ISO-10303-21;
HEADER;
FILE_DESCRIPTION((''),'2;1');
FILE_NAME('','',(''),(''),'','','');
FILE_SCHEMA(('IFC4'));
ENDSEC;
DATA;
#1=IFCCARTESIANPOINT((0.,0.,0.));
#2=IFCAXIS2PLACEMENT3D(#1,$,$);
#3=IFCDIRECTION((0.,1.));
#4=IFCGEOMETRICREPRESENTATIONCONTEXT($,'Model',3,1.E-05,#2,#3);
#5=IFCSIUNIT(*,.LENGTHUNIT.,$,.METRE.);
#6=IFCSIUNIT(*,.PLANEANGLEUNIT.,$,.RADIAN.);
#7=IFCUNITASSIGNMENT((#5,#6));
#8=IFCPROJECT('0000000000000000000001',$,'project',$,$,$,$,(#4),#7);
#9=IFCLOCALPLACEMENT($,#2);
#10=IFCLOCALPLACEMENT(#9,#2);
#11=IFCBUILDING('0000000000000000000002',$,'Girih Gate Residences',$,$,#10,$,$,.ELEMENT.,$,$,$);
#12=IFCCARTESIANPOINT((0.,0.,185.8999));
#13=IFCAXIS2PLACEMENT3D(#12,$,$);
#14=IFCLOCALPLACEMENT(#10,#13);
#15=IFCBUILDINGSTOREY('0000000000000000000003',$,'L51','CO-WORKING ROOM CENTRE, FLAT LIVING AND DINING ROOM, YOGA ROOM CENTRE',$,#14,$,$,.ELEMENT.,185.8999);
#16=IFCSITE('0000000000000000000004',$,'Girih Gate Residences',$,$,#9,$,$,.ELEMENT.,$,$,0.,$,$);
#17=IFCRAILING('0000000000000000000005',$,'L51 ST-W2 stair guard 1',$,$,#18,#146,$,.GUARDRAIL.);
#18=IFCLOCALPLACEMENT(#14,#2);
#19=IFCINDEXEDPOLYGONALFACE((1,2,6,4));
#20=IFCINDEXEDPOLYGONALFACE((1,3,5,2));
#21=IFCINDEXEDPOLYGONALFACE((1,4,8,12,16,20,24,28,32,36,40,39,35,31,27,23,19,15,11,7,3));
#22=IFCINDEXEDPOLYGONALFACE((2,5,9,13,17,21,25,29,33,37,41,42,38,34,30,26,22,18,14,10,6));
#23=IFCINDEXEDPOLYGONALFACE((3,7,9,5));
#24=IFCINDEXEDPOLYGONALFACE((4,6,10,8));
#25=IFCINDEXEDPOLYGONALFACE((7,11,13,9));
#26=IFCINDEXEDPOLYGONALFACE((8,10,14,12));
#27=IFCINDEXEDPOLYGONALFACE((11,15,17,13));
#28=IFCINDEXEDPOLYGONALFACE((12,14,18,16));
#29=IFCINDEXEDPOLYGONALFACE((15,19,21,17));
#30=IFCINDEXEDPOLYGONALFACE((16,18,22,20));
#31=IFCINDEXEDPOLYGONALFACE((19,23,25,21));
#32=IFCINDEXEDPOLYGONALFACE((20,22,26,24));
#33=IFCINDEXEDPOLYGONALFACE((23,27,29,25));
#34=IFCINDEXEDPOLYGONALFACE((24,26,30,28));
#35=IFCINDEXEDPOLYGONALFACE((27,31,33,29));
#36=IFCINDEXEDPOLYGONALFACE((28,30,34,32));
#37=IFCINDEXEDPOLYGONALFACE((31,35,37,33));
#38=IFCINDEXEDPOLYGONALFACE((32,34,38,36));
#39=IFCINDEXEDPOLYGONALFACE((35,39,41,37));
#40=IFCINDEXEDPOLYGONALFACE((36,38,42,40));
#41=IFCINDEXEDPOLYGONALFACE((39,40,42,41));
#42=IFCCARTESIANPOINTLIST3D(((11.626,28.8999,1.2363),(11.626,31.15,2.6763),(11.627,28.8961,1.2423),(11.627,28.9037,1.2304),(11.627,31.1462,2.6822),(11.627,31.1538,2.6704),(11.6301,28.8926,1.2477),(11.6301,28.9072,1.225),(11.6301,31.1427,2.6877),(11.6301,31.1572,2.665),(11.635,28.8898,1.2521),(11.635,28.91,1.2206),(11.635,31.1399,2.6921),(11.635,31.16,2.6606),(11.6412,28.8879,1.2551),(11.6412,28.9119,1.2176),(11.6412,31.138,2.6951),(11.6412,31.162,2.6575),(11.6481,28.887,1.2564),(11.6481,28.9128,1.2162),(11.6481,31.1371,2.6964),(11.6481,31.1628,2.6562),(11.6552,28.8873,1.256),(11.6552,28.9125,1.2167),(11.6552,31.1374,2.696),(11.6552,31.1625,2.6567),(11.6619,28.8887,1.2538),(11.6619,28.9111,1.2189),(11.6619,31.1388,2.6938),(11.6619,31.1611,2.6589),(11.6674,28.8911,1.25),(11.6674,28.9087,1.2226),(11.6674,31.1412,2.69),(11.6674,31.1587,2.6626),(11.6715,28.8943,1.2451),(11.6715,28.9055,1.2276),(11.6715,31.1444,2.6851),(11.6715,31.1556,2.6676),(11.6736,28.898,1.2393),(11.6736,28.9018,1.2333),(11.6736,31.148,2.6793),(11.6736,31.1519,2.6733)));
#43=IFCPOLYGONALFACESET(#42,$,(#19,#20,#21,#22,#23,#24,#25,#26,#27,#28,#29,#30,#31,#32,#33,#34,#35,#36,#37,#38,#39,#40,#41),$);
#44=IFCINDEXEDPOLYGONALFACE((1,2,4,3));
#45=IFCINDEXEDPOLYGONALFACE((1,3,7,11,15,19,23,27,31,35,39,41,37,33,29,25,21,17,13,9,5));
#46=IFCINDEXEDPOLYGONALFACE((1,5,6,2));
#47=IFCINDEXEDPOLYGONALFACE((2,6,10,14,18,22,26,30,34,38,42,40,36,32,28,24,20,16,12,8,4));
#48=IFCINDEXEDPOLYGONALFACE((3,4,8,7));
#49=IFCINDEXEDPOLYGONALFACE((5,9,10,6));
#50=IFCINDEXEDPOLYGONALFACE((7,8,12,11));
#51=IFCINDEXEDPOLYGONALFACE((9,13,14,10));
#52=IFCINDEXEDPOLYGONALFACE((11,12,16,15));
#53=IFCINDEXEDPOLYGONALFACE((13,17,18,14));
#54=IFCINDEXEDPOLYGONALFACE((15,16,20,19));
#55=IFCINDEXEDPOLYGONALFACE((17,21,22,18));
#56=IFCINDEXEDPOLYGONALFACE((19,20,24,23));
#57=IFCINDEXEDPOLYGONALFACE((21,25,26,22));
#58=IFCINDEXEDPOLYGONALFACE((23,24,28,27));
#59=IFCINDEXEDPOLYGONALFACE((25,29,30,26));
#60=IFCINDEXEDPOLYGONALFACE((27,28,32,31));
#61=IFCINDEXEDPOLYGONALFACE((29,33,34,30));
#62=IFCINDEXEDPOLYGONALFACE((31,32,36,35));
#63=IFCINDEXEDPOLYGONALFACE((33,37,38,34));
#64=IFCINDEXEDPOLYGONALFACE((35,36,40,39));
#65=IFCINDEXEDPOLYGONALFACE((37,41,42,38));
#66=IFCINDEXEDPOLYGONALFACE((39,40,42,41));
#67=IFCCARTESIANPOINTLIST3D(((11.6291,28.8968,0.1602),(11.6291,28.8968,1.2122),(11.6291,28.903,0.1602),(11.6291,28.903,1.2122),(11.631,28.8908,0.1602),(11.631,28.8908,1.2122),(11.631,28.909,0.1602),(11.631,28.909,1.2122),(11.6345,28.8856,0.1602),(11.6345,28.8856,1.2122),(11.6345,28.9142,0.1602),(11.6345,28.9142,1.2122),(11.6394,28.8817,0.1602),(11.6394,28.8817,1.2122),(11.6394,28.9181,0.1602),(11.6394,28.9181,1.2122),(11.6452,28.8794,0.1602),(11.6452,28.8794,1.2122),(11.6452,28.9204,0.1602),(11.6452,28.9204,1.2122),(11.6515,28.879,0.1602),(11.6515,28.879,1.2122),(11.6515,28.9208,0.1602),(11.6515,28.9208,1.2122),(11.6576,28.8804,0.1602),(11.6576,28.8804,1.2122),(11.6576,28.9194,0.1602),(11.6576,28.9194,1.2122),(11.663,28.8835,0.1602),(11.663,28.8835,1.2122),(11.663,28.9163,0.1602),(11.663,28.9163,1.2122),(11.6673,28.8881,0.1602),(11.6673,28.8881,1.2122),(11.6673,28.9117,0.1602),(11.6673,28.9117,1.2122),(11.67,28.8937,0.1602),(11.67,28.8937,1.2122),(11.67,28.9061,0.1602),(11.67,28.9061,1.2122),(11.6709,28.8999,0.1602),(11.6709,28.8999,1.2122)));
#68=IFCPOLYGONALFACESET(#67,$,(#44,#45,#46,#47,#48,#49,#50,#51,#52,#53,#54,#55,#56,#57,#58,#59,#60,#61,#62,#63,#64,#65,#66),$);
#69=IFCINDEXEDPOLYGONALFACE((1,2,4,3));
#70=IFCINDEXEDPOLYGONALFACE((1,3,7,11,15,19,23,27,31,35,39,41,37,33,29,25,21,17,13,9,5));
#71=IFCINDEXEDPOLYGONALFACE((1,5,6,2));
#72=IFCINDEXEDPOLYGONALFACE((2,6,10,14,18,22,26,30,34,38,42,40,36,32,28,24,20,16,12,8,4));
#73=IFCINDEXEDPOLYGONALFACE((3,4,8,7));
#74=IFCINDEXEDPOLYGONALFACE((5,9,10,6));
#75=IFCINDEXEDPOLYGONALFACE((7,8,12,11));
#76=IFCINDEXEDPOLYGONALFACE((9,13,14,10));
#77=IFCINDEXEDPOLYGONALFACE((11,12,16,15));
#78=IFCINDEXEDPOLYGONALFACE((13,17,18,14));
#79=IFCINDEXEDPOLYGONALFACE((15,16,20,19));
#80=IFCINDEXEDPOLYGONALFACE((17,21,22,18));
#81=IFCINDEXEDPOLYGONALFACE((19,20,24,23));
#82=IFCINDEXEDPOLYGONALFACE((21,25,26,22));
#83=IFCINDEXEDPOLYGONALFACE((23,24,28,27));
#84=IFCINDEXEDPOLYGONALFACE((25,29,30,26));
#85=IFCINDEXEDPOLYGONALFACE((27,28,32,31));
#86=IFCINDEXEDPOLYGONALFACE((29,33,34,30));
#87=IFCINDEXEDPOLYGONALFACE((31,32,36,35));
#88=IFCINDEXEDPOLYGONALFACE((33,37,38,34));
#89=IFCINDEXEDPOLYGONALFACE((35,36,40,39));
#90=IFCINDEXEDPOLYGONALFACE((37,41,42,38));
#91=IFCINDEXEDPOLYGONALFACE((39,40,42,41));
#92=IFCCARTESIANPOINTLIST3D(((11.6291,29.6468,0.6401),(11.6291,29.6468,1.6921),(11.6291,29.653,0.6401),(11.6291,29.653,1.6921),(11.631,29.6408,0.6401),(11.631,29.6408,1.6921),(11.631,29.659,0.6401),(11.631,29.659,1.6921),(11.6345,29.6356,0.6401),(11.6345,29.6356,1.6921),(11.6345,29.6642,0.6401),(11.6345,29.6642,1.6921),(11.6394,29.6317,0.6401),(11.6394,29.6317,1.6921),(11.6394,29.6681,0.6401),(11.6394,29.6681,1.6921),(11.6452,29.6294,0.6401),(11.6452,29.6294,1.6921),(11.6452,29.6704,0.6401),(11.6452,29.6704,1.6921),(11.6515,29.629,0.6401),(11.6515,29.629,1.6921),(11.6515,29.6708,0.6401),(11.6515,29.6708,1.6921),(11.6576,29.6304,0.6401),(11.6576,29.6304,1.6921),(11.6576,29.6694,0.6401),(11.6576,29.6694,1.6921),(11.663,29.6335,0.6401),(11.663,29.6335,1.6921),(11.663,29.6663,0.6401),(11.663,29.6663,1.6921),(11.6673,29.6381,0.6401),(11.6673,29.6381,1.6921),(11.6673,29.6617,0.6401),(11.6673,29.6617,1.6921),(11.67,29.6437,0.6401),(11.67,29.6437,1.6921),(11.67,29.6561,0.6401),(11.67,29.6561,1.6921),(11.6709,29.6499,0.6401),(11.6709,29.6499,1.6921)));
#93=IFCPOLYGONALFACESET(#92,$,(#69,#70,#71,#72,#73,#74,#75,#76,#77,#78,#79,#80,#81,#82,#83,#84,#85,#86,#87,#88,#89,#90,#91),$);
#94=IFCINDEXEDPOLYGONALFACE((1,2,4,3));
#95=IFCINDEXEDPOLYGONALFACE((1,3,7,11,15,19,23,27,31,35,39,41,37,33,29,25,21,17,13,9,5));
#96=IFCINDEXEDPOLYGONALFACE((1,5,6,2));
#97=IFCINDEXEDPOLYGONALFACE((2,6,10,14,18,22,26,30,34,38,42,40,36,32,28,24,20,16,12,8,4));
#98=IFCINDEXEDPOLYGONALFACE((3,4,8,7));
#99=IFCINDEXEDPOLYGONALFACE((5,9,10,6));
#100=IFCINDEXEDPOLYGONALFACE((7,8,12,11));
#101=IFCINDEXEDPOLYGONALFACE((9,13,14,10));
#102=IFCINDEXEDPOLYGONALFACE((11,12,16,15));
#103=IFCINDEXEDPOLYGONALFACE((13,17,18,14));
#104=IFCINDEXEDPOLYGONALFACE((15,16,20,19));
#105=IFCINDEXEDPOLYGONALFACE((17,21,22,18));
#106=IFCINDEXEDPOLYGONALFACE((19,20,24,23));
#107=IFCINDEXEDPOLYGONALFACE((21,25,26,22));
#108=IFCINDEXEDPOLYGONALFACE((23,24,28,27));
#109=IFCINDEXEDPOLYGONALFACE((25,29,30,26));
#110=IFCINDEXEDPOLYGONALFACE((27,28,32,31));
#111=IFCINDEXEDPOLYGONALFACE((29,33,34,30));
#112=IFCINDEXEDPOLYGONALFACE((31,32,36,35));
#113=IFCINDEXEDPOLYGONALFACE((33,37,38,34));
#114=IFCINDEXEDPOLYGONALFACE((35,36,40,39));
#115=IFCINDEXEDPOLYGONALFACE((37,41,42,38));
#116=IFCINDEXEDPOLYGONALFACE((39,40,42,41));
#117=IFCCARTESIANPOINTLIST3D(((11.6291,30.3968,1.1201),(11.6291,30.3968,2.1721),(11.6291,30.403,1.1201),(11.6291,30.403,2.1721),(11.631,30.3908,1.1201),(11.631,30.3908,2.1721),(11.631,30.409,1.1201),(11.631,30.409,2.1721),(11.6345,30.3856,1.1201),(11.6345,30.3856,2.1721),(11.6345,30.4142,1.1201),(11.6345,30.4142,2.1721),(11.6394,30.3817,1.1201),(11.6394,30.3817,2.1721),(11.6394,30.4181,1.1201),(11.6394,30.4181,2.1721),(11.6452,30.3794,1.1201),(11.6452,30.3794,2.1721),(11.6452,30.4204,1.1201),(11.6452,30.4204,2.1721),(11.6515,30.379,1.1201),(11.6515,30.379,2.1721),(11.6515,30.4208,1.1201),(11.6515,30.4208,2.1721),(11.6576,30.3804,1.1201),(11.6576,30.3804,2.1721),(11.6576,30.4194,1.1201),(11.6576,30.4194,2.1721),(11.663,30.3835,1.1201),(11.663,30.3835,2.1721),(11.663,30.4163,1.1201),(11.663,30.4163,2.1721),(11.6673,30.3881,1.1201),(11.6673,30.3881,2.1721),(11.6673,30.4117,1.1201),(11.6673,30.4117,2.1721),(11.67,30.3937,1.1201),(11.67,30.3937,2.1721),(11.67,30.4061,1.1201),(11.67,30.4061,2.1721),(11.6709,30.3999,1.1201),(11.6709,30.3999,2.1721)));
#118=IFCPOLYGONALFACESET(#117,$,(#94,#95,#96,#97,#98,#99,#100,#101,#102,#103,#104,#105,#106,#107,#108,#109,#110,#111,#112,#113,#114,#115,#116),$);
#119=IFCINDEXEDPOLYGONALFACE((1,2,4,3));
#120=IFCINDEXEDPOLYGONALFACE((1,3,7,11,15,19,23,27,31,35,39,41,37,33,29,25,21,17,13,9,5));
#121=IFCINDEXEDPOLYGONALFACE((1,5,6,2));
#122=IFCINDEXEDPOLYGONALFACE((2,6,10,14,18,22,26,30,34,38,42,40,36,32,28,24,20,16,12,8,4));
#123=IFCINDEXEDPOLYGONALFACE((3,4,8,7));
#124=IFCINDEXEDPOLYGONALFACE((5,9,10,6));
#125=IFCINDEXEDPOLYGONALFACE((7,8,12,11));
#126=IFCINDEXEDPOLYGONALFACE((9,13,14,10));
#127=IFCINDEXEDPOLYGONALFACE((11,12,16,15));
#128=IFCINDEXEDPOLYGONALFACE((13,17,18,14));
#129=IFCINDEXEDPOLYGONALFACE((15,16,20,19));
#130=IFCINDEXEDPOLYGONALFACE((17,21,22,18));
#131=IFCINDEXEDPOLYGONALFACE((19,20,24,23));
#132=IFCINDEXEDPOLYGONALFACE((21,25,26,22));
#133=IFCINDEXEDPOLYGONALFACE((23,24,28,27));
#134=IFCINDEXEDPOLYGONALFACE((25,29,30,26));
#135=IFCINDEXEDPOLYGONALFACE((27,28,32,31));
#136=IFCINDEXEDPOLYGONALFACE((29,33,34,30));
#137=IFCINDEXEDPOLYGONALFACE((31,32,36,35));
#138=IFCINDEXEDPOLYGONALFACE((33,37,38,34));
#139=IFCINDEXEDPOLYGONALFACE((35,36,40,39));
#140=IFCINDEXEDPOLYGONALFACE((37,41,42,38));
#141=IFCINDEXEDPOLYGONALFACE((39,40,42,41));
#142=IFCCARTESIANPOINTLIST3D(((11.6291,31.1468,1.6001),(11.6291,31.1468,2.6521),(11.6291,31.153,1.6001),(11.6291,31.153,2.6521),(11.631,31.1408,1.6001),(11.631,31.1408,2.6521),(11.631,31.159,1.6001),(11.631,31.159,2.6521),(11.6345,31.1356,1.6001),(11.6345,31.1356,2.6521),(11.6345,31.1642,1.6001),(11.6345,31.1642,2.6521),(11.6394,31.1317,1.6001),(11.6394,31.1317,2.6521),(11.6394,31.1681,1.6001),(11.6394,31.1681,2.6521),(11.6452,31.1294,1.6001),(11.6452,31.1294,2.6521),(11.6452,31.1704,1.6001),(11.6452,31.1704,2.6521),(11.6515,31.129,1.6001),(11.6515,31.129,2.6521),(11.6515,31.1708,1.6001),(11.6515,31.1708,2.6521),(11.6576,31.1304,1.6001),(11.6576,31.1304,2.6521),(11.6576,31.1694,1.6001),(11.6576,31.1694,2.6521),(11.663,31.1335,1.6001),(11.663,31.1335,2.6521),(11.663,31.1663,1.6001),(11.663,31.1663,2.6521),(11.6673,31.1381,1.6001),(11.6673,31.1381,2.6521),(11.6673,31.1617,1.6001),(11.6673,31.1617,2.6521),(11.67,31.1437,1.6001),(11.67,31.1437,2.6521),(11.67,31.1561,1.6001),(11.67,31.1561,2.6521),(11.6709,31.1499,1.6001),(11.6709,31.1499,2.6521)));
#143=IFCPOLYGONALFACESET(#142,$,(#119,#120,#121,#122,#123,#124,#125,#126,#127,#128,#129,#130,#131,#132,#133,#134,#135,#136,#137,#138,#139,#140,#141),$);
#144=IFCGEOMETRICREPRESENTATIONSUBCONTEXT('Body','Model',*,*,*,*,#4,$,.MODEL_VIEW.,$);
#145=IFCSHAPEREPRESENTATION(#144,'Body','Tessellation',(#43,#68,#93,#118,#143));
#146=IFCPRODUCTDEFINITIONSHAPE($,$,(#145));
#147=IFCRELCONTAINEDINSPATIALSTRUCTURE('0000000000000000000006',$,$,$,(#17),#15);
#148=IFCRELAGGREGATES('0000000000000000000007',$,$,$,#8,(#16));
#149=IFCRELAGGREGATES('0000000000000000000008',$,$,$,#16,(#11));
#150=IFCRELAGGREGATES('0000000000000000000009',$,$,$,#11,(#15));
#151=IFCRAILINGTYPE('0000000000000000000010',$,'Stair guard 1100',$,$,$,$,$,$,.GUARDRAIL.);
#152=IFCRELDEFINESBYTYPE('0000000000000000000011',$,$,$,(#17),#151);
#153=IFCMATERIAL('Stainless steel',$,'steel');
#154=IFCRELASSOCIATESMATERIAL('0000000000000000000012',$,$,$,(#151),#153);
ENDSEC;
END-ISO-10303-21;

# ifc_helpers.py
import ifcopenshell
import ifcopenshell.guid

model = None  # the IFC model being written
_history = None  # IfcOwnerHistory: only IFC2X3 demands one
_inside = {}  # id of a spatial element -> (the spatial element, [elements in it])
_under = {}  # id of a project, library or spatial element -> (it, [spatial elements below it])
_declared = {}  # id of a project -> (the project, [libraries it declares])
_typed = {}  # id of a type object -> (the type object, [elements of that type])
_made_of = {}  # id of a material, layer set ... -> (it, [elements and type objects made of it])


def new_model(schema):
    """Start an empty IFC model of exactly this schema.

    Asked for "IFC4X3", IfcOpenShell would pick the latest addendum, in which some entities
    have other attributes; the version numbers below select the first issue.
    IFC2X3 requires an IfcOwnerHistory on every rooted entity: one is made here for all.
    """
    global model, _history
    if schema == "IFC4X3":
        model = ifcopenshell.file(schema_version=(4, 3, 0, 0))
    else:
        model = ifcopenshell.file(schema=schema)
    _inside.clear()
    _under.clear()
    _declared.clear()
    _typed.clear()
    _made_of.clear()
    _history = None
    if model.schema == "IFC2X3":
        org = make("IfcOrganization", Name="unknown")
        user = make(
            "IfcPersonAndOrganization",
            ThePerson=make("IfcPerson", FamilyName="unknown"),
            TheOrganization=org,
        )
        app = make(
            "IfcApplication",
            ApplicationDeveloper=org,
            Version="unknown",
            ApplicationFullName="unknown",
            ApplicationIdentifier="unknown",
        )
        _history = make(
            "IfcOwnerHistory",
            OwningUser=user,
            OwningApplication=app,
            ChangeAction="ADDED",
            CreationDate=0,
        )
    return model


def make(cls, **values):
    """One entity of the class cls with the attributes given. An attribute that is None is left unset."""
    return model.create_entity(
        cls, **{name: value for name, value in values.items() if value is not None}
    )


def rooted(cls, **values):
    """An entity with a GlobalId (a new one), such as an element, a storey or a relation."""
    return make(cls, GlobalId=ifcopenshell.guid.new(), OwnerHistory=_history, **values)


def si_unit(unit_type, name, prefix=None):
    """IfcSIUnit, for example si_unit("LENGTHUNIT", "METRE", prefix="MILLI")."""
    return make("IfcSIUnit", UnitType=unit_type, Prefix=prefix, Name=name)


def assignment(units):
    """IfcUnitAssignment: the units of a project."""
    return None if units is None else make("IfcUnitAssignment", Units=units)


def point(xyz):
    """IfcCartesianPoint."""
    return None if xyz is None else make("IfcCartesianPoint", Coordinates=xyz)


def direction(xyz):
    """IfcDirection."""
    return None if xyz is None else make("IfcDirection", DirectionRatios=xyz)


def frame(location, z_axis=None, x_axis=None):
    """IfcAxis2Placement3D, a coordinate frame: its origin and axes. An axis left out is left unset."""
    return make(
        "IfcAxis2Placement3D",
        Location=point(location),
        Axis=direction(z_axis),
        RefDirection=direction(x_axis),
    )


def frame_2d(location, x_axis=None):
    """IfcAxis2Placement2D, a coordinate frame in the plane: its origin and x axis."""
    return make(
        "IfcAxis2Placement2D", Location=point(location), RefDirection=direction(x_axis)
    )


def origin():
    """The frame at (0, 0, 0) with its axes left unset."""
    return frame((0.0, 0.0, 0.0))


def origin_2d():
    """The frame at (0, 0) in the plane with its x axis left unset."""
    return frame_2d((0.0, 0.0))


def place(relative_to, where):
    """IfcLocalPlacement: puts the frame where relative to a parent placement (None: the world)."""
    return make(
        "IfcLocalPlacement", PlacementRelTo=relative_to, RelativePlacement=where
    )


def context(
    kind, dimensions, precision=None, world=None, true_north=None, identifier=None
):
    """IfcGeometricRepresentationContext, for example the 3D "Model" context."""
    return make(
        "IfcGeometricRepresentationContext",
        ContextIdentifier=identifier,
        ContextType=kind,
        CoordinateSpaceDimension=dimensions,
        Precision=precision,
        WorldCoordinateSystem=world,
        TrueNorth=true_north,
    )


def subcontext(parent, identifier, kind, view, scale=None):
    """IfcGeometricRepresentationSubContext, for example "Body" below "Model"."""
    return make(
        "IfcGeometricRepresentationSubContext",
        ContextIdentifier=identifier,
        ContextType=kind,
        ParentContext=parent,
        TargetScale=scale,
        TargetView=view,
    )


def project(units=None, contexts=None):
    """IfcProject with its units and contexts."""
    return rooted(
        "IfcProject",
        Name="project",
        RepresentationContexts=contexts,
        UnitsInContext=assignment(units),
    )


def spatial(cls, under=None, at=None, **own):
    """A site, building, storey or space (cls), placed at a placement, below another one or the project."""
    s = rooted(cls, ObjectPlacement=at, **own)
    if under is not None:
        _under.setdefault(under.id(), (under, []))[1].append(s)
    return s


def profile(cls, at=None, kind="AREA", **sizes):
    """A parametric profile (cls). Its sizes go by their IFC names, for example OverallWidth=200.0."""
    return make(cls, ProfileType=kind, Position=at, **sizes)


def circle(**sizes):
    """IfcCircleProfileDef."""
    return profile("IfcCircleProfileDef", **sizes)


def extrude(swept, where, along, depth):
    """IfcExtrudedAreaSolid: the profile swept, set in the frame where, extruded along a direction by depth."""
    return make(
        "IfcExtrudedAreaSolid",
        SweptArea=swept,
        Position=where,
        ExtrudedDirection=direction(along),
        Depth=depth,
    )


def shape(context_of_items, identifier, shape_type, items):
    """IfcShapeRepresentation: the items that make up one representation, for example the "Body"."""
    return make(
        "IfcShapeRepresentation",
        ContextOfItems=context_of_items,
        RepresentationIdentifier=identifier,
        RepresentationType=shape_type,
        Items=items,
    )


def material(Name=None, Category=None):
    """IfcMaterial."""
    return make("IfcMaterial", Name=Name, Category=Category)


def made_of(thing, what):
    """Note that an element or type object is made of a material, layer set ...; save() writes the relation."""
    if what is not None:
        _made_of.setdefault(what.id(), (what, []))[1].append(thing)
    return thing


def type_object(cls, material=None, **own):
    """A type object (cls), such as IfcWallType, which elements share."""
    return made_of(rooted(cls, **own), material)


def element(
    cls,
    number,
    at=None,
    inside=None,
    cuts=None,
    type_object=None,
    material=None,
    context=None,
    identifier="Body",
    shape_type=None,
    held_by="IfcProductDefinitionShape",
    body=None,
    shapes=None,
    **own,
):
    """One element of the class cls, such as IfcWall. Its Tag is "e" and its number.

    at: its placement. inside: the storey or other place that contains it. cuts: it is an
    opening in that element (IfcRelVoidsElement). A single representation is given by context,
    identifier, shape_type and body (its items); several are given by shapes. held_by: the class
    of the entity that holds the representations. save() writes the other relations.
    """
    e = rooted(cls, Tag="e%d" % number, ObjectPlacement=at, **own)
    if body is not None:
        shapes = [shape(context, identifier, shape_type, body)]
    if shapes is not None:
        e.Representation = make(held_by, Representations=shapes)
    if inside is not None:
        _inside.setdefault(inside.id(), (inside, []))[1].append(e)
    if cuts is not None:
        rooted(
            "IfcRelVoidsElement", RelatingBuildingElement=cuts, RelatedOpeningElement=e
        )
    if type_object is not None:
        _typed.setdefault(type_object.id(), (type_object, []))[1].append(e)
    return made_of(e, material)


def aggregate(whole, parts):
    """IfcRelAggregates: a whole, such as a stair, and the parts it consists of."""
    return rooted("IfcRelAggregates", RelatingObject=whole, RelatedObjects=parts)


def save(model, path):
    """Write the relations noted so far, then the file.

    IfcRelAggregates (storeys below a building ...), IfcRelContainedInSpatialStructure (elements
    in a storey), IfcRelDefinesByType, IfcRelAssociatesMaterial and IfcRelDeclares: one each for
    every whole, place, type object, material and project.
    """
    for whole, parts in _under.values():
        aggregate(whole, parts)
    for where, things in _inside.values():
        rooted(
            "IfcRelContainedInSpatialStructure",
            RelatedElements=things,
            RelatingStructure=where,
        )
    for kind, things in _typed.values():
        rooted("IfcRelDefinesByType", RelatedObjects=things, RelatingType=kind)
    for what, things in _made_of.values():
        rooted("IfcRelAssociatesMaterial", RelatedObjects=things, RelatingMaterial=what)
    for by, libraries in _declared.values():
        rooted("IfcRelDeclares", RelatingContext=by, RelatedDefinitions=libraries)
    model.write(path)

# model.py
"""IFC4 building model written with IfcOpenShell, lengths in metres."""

from ifc_helpers import new_model, si_unit, direction, frame, origin, origin_2d, place, context, subcontext, project, spatial, circle, extrude, material, type_object, element, save


model = new_model("IFC4")

# Units and contexts
model_context = context("Model", 3, precision=1e-05, world=origin(), true_north=direction((0.0, 1.0)))
body_context = subcontext(model_context, "Body", "Model", "MODEL_VIEW")
ifc_project = project(units=[si_unit("LENGTHUNIT", "METRE"), si_unit("PLANEANGLEUNIT", "RADIAN")], contexts=[model_context])

# Site, building, storey
site_placement = place(None, origin())
site = spatial("IfcSite", under=ifc_project, at=site_placement, Name="Girih Gate Residences", CompositionType="ELEMENT", RefElevation=0.0)
building_placement = place(site_placement, origin())
building = spatial("IfcBuilding", under=site, at=building_placement, Name="Girih Gate Residences", CompositionType="ELEMENT")
storey_placement = place(building_placement, frame((0.0, 0.0, 185.8999)))
storey = spatial("IfcBuildingStorey", under=building, at=storey_placement, Name="L51", Description="CO-WORKING ROOM CENTRE, FLAT LIVING AND DINING ROOM, YOGA ROOM CENTRE", CompositionType="ELEMENT", Elevation=185.8999)

# Railing
ifc_material_1 = material(Name="Stainless steel", Category="steel")
railing_type_1 = type_object("IfcRailingType", Name="Stair guard 1100", PredefinedType="GUARDRAIL", material=ifc_material_1)
railing_1_placement = place(storey_placement, frame((11.6499, 28.8999, 0.1602)))
element("IfcRailing", 1, at=railing_1_placement, inside=storey, type_object=railing_type_1, Name="L51 ST-W2 stair guard 1", PredefinedType="GUARDRAIL", context=body_context, shape_type="SweptSolid", body=[
    extrude(circle(Radius=0.0239, at=origin_2d()), frame((0.0, 0.0, 1.0762), z_axis=(0.0, 0.842281, 0.539038), x_axis=(-1.0, 0.0, 0.0)), (0.0, 0.0, 1.0), 2.6714),
    extrude(circle(Radius=0.021, at=origin_2d()), origin(), (0.0, 0.0, 1.0), 1.052),
    extrude(circle(Radius=0.021, at=origin_2d()), frame((0.0, 0.75, 0.48)), (0.0, 0.0, 1.0), 1.052),
    extrude(circle(Radius=0.021, at=origin_2d()), frame((0.0, 1.5, 0.96)), (0.0, 0.0, 1.0), 1.052),
    extrude(circle(Radius=0.021, at=origin_2d()), frame((0.0, 2.25, 1.4399)), (0.0, 0.0, 1.0), 1.052),
])

save(model, "model.ifc")
